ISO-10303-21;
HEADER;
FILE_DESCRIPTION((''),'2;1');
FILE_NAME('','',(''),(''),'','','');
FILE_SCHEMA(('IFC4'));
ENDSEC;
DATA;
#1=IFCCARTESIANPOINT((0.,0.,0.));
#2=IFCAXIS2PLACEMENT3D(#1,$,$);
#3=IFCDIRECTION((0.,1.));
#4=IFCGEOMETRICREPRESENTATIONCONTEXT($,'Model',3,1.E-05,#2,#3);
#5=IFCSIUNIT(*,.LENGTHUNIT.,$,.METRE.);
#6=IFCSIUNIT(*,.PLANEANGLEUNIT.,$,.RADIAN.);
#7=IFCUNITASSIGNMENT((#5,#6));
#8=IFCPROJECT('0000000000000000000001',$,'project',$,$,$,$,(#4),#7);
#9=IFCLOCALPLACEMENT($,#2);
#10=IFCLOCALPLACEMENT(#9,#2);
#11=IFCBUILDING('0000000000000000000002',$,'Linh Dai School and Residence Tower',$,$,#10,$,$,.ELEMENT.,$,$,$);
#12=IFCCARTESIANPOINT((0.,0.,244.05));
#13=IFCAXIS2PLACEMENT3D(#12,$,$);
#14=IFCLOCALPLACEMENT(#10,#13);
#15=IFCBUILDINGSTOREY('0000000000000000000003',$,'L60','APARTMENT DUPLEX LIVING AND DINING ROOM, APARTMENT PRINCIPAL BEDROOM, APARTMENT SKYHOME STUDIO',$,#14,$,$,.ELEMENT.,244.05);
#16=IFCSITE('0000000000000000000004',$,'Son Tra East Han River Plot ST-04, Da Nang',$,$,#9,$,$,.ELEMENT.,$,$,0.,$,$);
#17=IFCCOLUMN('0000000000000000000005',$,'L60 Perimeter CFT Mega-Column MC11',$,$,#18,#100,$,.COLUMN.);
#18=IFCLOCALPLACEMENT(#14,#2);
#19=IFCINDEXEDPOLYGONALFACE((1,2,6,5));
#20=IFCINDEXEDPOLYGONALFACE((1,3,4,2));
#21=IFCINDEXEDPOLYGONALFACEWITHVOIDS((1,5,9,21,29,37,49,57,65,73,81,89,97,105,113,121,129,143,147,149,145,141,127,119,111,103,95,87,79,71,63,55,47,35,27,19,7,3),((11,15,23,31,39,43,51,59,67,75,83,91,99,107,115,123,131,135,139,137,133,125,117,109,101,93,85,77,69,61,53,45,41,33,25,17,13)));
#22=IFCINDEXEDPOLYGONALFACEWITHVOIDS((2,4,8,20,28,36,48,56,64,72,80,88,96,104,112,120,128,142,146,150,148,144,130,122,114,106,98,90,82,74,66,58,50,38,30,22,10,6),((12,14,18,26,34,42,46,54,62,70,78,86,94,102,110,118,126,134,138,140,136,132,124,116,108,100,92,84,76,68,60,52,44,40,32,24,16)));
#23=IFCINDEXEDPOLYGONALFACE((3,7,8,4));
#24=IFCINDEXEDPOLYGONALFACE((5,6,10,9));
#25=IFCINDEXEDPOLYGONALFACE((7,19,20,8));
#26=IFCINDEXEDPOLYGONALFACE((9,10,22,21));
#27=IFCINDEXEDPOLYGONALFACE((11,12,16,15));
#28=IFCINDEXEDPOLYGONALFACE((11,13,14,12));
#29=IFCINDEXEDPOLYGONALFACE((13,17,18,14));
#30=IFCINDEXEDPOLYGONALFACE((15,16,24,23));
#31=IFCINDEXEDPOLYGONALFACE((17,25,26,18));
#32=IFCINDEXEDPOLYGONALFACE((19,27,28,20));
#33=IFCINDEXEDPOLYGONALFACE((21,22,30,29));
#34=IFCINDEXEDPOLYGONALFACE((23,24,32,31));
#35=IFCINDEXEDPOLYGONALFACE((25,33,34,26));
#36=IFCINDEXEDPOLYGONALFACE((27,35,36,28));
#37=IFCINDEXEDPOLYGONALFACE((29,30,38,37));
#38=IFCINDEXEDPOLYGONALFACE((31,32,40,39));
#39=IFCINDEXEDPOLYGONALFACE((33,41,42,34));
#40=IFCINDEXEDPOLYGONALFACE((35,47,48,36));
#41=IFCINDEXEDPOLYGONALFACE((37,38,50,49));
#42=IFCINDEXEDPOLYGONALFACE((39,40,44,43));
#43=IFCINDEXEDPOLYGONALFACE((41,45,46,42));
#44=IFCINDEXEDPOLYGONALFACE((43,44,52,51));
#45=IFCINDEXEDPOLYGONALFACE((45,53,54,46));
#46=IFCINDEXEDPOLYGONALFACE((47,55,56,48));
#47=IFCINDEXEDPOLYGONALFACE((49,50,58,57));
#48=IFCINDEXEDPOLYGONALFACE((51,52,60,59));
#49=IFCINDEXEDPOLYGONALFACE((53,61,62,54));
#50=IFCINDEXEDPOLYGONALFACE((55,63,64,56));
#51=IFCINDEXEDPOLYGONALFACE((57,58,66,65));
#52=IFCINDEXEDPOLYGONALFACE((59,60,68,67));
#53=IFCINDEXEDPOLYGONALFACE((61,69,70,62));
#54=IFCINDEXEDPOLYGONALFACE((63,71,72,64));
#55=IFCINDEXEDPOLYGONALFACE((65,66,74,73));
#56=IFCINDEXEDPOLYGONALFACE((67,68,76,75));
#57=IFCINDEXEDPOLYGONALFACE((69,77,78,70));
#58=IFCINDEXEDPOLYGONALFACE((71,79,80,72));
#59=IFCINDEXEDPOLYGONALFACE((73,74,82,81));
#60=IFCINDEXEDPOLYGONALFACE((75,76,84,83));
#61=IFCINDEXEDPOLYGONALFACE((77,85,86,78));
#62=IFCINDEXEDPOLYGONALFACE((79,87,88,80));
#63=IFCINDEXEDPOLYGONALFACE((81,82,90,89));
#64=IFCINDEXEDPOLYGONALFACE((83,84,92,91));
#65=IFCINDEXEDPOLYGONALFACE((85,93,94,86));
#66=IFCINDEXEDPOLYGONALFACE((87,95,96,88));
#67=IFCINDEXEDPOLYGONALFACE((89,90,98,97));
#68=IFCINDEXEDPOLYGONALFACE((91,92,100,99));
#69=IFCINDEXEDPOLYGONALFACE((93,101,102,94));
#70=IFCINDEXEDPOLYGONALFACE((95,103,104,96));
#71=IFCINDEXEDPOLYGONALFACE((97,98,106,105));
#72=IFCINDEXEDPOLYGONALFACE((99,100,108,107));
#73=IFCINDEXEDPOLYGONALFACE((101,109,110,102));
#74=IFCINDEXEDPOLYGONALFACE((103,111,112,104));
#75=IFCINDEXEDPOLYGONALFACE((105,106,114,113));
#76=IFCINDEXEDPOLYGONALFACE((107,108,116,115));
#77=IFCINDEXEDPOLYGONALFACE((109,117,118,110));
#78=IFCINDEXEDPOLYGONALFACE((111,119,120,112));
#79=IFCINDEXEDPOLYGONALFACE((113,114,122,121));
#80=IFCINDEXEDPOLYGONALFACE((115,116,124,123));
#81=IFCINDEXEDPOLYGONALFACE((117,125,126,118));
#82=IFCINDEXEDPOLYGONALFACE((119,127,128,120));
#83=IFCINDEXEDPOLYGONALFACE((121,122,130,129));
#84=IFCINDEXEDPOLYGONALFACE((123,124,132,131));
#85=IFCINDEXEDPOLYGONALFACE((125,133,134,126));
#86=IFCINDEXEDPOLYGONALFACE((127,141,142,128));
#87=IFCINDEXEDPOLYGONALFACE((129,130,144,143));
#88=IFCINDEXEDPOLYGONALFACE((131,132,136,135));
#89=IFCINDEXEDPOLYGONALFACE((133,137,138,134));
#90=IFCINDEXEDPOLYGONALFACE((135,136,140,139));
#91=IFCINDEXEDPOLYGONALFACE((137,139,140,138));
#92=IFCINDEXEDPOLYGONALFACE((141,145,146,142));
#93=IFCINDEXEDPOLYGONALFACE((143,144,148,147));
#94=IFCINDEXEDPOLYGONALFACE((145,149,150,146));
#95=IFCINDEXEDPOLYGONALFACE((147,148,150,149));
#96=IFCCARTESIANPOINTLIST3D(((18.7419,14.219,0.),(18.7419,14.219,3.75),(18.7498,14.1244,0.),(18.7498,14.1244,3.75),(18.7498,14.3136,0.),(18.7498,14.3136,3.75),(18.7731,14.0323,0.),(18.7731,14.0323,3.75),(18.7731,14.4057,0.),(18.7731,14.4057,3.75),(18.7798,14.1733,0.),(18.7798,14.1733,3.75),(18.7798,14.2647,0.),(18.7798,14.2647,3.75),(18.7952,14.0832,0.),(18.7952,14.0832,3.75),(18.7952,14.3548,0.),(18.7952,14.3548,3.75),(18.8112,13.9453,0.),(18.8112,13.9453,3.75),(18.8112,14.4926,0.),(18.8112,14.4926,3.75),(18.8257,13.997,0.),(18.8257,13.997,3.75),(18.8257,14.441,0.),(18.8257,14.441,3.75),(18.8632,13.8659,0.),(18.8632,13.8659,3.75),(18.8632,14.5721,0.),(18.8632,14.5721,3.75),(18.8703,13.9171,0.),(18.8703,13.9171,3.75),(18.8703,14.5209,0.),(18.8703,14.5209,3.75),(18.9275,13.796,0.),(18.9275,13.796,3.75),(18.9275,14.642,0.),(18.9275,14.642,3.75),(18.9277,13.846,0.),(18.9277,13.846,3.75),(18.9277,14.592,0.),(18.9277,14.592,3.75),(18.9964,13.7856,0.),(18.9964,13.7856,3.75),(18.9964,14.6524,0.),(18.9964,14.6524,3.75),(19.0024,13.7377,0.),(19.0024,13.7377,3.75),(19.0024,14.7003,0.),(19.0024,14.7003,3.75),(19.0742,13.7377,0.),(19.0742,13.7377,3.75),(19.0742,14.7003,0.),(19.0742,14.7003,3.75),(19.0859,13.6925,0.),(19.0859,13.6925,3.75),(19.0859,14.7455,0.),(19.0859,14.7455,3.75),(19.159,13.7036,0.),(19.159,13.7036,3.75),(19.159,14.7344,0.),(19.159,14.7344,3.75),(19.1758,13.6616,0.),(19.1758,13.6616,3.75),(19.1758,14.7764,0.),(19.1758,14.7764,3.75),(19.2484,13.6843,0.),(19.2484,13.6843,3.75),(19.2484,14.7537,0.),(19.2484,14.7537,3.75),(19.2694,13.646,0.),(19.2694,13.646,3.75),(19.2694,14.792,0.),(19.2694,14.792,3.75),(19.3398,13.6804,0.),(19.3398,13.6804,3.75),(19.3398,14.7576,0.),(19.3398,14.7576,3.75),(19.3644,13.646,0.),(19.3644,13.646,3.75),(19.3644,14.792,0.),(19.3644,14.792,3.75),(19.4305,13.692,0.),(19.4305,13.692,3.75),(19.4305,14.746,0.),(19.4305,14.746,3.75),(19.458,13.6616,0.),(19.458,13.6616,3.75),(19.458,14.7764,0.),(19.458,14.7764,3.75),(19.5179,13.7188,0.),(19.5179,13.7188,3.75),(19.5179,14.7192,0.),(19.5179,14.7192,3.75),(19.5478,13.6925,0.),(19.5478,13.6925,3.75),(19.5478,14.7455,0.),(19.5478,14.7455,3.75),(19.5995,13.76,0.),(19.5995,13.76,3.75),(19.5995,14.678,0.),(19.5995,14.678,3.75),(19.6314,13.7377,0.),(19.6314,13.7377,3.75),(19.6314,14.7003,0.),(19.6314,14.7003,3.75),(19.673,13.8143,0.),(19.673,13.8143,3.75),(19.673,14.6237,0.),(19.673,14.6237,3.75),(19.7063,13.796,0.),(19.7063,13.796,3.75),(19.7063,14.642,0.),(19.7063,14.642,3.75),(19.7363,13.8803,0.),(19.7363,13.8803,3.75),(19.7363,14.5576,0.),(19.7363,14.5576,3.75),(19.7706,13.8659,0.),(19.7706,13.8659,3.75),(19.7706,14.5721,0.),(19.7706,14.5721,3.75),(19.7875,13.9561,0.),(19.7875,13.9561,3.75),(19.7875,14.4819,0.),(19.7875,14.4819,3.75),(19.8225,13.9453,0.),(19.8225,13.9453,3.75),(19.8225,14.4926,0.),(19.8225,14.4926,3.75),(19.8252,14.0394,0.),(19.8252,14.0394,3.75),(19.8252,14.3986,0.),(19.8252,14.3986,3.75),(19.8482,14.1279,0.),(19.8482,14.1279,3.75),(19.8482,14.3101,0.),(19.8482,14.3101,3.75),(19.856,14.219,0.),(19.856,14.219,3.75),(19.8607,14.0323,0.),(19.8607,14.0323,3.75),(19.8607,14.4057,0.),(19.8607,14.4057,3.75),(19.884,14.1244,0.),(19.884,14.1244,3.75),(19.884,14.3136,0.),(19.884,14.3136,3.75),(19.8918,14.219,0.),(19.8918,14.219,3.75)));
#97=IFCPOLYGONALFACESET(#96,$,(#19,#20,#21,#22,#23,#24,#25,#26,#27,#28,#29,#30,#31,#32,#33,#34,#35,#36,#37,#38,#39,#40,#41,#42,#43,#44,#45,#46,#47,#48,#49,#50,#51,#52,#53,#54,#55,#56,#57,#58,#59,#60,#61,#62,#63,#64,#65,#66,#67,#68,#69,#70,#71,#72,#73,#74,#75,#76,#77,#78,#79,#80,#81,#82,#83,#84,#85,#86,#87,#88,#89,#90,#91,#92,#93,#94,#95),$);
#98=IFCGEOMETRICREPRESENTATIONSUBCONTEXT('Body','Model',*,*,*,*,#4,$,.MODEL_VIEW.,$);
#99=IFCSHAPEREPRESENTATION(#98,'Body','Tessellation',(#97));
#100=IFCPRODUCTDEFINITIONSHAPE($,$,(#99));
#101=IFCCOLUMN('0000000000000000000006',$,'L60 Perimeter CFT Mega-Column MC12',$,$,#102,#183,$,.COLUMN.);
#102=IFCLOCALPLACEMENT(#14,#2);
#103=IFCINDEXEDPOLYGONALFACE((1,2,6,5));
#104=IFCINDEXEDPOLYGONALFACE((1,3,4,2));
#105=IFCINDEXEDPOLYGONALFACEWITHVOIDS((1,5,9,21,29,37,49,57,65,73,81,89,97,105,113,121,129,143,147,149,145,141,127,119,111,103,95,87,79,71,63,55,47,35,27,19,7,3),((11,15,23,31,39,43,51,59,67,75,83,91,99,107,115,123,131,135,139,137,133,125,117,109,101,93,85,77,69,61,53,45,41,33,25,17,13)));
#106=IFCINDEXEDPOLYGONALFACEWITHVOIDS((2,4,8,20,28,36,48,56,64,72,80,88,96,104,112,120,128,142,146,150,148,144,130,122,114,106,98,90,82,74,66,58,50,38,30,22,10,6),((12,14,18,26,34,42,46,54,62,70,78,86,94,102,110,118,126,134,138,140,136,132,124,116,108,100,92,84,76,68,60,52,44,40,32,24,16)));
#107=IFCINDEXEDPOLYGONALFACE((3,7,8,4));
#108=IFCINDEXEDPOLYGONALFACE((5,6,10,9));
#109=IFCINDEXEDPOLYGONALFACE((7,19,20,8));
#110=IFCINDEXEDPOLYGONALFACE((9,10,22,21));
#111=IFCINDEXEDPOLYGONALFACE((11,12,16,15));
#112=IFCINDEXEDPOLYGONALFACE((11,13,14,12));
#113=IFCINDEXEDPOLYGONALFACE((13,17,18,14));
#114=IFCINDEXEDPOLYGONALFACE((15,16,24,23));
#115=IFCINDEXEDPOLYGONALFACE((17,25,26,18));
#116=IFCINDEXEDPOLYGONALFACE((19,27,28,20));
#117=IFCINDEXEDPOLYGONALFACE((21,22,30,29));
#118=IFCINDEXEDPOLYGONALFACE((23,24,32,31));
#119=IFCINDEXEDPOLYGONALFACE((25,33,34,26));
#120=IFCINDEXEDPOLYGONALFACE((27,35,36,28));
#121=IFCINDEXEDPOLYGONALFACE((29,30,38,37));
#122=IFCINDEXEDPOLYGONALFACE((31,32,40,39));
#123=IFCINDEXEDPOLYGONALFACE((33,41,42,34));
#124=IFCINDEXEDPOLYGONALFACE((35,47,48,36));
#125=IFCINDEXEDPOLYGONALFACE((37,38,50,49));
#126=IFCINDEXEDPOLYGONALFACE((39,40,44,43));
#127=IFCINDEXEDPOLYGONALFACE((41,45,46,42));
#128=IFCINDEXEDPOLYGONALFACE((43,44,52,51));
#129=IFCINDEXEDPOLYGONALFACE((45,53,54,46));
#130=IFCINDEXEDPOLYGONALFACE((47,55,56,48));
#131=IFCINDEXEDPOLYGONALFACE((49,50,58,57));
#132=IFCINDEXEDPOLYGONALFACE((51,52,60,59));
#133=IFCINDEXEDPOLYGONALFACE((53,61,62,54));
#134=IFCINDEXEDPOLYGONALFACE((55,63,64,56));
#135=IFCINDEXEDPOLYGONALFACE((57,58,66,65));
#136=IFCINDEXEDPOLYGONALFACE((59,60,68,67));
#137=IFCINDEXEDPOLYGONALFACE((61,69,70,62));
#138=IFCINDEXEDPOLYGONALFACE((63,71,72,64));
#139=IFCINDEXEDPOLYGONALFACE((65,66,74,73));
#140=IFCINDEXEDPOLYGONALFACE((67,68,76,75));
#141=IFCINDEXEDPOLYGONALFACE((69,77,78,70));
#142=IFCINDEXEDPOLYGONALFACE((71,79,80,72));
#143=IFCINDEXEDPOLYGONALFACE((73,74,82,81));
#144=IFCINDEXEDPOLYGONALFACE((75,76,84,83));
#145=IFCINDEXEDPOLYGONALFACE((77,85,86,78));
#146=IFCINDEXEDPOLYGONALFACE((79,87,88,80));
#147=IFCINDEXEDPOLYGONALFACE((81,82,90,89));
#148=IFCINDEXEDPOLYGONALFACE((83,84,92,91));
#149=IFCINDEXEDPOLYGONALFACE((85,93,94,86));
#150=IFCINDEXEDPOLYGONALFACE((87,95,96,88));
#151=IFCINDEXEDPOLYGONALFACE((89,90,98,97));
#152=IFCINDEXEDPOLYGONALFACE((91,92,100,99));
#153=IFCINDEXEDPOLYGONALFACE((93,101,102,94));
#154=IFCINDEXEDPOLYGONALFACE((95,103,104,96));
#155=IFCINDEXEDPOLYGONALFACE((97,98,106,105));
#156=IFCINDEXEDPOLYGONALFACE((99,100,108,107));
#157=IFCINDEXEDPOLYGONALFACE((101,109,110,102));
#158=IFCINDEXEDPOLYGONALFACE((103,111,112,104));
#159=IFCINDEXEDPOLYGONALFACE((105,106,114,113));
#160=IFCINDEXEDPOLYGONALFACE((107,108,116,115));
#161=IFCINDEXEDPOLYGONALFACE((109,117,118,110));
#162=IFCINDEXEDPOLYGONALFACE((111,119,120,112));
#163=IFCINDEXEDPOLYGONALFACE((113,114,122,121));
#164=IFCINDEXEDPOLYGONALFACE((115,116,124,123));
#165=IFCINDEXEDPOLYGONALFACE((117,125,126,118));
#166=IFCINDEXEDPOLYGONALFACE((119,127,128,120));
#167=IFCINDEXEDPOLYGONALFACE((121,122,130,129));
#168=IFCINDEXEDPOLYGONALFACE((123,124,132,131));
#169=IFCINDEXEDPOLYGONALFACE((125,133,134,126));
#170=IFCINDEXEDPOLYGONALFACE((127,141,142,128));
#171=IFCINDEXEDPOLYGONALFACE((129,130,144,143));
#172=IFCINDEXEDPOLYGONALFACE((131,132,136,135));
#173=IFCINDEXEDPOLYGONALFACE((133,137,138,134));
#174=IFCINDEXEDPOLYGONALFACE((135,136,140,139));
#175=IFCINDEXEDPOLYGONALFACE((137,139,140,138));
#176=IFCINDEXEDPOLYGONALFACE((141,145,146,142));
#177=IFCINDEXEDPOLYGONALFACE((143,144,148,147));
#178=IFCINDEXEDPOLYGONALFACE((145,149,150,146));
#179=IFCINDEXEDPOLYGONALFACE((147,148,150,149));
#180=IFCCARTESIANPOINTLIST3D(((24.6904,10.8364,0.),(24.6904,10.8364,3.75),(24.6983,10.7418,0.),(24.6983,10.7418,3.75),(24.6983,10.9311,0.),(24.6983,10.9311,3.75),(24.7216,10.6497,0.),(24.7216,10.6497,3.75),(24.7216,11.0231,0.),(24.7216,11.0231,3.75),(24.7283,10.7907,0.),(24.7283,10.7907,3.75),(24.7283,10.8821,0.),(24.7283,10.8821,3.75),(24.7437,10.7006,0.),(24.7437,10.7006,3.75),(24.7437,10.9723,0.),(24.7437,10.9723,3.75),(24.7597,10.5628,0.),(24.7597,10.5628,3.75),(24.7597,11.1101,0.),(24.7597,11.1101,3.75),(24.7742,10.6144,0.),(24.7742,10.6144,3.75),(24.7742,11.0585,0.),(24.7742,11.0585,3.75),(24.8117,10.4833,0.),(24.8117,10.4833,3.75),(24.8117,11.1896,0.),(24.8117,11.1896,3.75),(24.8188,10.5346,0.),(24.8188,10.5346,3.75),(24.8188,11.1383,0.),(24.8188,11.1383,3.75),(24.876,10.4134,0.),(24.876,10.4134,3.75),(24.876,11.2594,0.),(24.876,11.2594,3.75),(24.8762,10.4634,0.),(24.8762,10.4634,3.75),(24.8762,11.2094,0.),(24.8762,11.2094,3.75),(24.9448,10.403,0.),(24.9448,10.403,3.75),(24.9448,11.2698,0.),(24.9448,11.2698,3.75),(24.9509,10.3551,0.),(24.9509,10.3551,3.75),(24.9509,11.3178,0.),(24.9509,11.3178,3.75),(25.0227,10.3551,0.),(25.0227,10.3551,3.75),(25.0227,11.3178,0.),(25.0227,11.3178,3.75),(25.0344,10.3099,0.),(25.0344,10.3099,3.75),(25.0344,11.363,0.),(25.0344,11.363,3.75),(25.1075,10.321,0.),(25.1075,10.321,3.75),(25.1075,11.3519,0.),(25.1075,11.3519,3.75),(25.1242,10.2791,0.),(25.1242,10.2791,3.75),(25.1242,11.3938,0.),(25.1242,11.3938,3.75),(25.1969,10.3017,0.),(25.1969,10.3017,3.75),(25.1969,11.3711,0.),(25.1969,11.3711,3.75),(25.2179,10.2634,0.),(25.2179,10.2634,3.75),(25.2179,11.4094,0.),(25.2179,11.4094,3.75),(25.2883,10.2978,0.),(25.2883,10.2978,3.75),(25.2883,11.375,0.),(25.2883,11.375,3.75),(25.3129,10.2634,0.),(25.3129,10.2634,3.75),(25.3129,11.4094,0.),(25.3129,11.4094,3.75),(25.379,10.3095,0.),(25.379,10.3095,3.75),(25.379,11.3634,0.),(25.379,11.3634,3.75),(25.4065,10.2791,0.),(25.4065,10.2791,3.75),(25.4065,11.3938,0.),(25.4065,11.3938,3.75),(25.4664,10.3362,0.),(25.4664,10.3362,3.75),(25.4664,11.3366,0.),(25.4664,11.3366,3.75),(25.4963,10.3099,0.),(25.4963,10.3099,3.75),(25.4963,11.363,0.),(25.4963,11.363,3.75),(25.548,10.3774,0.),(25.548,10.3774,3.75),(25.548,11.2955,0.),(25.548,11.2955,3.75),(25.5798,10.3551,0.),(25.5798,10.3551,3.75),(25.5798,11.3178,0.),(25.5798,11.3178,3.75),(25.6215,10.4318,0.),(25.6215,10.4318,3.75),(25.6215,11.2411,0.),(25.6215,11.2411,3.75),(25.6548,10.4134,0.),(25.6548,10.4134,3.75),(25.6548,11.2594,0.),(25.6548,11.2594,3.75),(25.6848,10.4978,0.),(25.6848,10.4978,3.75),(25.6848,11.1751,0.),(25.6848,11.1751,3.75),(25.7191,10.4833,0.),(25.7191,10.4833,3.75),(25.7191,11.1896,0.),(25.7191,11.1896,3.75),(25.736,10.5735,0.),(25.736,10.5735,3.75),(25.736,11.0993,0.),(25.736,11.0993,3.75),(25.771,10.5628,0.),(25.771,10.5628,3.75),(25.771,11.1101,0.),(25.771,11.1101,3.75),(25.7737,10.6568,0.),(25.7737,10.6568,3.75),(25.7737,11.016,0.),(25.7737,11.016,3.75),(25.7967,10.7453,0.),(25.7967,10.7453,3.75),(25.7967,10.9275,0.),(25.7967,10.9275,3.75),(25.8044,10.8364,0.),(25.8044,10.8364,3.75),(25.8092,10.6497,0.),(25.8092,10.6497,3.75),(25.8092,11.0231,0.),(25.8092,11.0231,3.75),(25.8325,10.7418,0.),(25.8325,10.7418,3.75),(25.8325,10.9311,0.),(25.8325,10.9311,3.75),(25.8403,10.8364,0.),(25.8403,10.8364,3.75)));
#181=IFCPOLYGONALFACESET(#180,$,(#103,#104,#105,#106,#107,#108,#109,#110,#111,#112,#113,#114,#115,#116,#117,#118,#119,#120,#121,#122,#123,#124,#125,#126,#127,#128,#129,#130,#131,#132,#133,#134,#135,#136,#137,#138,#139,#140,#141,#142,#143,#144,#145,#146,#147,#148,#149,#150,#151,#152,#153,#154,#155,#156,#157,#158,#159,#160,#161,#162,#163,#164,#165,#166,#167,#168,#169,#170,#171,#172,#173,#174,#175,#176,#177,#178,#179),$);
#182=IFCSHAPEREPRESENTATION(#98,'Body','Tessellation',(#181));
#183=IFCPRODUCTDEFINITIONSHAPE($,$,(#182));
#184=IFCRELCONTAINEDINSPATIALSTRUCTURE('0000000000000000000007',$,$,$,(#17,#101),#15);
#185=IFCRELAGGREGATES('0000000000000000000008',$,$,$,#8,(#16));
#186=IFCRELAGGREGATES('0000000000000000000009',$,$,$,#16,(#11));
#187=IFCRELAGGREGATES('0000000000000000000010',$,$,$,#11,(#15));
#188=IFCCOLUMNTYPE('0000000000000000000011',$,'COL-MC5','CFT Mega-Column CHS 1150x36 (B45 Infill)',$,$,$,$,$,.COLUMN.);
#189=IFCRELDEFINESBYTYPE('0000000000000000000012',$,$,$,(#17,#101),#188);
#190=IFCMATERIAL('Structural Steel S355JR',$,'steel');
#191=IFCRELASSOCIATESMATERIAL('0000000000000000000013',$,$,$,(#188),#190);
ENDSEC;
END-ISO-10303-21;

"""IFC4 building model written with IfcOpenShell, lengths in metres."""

from ifc_helpers import new_model, si_unit, direction, frame, origin, origin_2d, place, context, subcontext, project, spatial, hollow_circle, extrude, material, material_profile, profile_set, type_object, element, save


model = new_model("IFC4")

# Units and contexts
model_context = context("Model", 3, precision=1e-05, world=origin(), true_north=direction((0.0, 1.0)))
body_context = subcontext(model_context, "Body", "Model", "MODEL_VIEW")
ifc_project = project(units=[si_unit("LENGTHUNIT", "METRE"), si_unit("PLANEANGLEUNIT", "RADIAN")], contexts=[model_context])

# Site, building, storey
site_placement = place(None, origin())
site = spatial("IfcSite", under=ifc_project, at=site_placement, Name="Son Tra East Han River Plot ST-04, Da Nang", CompositionType="ELEMENT", RefElevation=0.0)
building_placement = place(site_placement, origin())
building = spatial("IfcBuilding", under=site, at=building_placement, Name="Linh Dai School and Residence Tower", CompositionType="ELEMENT")
storey_placement = place(building_placement, frame((0.0, 0.0, 244.05)))
storey = spatial("IfcBuildingStorey", under=building, at=storey_placement, Name="L60", Description="APARTMENT DUPLEX LIVING AND DINING ROOM, APARTMENT PRINCIPAL BEDROOM, APARTMENT SKYHOME STUDIO", CompositionType="ELEMENT", Elevation=244.05)

# Columns
ifc_material_1 = material(Name="Structural Steel S355JR", Category="steel")
ifc_material_profile_1 = material_profile(ifc_material_1, hollow_circle(Radius=0.575, WallThickness=0.0359, at=origin_2d()), Name="CHS 1150x36")
ifc_profile_set_1 = profile_set([ifc_material_profile_1], Name="Structural Steel S355JR")
column_type = type_object("IfcColumnType", Name="COL-MC5", Description="CFT Mega-Column CHS 1150x36 (B45 Infill)", PredefinedType="COLUMN", material=ifc_profile_set_1)
for number, where, z_axis, x_axis, name in (
    (1, (19.3169, 14.219, 0.0), (0.0, 0.0, 1.0), (1.0, 0.0, 0.0), "L60 Perimeter CFT Mega-Column MC11"),
    (2, (25.2654, 10.8364, 0.0), (0.0, 0.0, 1.0), (1.0, 0.0, 0.0), "L60 Perimeter CFT Mega-Column MC12"),
):
    element("IfcColumn", number, at=place(storey_placement, frame(where, z_axis=z_axis, x_axis=x_axis)), inside=storey, type_object=column_type, Name=name, PredefinedType="COLUMN", context=body_context, shape_type="SweptSolid", body=[
        extrude(hollow_circle(Radius=0.575, WallThickness=0.0359, at=origin_2d()), origin(), (0.0, 0.0, 1.0), 3.75),
    ])

save(model, "model.ifc")
